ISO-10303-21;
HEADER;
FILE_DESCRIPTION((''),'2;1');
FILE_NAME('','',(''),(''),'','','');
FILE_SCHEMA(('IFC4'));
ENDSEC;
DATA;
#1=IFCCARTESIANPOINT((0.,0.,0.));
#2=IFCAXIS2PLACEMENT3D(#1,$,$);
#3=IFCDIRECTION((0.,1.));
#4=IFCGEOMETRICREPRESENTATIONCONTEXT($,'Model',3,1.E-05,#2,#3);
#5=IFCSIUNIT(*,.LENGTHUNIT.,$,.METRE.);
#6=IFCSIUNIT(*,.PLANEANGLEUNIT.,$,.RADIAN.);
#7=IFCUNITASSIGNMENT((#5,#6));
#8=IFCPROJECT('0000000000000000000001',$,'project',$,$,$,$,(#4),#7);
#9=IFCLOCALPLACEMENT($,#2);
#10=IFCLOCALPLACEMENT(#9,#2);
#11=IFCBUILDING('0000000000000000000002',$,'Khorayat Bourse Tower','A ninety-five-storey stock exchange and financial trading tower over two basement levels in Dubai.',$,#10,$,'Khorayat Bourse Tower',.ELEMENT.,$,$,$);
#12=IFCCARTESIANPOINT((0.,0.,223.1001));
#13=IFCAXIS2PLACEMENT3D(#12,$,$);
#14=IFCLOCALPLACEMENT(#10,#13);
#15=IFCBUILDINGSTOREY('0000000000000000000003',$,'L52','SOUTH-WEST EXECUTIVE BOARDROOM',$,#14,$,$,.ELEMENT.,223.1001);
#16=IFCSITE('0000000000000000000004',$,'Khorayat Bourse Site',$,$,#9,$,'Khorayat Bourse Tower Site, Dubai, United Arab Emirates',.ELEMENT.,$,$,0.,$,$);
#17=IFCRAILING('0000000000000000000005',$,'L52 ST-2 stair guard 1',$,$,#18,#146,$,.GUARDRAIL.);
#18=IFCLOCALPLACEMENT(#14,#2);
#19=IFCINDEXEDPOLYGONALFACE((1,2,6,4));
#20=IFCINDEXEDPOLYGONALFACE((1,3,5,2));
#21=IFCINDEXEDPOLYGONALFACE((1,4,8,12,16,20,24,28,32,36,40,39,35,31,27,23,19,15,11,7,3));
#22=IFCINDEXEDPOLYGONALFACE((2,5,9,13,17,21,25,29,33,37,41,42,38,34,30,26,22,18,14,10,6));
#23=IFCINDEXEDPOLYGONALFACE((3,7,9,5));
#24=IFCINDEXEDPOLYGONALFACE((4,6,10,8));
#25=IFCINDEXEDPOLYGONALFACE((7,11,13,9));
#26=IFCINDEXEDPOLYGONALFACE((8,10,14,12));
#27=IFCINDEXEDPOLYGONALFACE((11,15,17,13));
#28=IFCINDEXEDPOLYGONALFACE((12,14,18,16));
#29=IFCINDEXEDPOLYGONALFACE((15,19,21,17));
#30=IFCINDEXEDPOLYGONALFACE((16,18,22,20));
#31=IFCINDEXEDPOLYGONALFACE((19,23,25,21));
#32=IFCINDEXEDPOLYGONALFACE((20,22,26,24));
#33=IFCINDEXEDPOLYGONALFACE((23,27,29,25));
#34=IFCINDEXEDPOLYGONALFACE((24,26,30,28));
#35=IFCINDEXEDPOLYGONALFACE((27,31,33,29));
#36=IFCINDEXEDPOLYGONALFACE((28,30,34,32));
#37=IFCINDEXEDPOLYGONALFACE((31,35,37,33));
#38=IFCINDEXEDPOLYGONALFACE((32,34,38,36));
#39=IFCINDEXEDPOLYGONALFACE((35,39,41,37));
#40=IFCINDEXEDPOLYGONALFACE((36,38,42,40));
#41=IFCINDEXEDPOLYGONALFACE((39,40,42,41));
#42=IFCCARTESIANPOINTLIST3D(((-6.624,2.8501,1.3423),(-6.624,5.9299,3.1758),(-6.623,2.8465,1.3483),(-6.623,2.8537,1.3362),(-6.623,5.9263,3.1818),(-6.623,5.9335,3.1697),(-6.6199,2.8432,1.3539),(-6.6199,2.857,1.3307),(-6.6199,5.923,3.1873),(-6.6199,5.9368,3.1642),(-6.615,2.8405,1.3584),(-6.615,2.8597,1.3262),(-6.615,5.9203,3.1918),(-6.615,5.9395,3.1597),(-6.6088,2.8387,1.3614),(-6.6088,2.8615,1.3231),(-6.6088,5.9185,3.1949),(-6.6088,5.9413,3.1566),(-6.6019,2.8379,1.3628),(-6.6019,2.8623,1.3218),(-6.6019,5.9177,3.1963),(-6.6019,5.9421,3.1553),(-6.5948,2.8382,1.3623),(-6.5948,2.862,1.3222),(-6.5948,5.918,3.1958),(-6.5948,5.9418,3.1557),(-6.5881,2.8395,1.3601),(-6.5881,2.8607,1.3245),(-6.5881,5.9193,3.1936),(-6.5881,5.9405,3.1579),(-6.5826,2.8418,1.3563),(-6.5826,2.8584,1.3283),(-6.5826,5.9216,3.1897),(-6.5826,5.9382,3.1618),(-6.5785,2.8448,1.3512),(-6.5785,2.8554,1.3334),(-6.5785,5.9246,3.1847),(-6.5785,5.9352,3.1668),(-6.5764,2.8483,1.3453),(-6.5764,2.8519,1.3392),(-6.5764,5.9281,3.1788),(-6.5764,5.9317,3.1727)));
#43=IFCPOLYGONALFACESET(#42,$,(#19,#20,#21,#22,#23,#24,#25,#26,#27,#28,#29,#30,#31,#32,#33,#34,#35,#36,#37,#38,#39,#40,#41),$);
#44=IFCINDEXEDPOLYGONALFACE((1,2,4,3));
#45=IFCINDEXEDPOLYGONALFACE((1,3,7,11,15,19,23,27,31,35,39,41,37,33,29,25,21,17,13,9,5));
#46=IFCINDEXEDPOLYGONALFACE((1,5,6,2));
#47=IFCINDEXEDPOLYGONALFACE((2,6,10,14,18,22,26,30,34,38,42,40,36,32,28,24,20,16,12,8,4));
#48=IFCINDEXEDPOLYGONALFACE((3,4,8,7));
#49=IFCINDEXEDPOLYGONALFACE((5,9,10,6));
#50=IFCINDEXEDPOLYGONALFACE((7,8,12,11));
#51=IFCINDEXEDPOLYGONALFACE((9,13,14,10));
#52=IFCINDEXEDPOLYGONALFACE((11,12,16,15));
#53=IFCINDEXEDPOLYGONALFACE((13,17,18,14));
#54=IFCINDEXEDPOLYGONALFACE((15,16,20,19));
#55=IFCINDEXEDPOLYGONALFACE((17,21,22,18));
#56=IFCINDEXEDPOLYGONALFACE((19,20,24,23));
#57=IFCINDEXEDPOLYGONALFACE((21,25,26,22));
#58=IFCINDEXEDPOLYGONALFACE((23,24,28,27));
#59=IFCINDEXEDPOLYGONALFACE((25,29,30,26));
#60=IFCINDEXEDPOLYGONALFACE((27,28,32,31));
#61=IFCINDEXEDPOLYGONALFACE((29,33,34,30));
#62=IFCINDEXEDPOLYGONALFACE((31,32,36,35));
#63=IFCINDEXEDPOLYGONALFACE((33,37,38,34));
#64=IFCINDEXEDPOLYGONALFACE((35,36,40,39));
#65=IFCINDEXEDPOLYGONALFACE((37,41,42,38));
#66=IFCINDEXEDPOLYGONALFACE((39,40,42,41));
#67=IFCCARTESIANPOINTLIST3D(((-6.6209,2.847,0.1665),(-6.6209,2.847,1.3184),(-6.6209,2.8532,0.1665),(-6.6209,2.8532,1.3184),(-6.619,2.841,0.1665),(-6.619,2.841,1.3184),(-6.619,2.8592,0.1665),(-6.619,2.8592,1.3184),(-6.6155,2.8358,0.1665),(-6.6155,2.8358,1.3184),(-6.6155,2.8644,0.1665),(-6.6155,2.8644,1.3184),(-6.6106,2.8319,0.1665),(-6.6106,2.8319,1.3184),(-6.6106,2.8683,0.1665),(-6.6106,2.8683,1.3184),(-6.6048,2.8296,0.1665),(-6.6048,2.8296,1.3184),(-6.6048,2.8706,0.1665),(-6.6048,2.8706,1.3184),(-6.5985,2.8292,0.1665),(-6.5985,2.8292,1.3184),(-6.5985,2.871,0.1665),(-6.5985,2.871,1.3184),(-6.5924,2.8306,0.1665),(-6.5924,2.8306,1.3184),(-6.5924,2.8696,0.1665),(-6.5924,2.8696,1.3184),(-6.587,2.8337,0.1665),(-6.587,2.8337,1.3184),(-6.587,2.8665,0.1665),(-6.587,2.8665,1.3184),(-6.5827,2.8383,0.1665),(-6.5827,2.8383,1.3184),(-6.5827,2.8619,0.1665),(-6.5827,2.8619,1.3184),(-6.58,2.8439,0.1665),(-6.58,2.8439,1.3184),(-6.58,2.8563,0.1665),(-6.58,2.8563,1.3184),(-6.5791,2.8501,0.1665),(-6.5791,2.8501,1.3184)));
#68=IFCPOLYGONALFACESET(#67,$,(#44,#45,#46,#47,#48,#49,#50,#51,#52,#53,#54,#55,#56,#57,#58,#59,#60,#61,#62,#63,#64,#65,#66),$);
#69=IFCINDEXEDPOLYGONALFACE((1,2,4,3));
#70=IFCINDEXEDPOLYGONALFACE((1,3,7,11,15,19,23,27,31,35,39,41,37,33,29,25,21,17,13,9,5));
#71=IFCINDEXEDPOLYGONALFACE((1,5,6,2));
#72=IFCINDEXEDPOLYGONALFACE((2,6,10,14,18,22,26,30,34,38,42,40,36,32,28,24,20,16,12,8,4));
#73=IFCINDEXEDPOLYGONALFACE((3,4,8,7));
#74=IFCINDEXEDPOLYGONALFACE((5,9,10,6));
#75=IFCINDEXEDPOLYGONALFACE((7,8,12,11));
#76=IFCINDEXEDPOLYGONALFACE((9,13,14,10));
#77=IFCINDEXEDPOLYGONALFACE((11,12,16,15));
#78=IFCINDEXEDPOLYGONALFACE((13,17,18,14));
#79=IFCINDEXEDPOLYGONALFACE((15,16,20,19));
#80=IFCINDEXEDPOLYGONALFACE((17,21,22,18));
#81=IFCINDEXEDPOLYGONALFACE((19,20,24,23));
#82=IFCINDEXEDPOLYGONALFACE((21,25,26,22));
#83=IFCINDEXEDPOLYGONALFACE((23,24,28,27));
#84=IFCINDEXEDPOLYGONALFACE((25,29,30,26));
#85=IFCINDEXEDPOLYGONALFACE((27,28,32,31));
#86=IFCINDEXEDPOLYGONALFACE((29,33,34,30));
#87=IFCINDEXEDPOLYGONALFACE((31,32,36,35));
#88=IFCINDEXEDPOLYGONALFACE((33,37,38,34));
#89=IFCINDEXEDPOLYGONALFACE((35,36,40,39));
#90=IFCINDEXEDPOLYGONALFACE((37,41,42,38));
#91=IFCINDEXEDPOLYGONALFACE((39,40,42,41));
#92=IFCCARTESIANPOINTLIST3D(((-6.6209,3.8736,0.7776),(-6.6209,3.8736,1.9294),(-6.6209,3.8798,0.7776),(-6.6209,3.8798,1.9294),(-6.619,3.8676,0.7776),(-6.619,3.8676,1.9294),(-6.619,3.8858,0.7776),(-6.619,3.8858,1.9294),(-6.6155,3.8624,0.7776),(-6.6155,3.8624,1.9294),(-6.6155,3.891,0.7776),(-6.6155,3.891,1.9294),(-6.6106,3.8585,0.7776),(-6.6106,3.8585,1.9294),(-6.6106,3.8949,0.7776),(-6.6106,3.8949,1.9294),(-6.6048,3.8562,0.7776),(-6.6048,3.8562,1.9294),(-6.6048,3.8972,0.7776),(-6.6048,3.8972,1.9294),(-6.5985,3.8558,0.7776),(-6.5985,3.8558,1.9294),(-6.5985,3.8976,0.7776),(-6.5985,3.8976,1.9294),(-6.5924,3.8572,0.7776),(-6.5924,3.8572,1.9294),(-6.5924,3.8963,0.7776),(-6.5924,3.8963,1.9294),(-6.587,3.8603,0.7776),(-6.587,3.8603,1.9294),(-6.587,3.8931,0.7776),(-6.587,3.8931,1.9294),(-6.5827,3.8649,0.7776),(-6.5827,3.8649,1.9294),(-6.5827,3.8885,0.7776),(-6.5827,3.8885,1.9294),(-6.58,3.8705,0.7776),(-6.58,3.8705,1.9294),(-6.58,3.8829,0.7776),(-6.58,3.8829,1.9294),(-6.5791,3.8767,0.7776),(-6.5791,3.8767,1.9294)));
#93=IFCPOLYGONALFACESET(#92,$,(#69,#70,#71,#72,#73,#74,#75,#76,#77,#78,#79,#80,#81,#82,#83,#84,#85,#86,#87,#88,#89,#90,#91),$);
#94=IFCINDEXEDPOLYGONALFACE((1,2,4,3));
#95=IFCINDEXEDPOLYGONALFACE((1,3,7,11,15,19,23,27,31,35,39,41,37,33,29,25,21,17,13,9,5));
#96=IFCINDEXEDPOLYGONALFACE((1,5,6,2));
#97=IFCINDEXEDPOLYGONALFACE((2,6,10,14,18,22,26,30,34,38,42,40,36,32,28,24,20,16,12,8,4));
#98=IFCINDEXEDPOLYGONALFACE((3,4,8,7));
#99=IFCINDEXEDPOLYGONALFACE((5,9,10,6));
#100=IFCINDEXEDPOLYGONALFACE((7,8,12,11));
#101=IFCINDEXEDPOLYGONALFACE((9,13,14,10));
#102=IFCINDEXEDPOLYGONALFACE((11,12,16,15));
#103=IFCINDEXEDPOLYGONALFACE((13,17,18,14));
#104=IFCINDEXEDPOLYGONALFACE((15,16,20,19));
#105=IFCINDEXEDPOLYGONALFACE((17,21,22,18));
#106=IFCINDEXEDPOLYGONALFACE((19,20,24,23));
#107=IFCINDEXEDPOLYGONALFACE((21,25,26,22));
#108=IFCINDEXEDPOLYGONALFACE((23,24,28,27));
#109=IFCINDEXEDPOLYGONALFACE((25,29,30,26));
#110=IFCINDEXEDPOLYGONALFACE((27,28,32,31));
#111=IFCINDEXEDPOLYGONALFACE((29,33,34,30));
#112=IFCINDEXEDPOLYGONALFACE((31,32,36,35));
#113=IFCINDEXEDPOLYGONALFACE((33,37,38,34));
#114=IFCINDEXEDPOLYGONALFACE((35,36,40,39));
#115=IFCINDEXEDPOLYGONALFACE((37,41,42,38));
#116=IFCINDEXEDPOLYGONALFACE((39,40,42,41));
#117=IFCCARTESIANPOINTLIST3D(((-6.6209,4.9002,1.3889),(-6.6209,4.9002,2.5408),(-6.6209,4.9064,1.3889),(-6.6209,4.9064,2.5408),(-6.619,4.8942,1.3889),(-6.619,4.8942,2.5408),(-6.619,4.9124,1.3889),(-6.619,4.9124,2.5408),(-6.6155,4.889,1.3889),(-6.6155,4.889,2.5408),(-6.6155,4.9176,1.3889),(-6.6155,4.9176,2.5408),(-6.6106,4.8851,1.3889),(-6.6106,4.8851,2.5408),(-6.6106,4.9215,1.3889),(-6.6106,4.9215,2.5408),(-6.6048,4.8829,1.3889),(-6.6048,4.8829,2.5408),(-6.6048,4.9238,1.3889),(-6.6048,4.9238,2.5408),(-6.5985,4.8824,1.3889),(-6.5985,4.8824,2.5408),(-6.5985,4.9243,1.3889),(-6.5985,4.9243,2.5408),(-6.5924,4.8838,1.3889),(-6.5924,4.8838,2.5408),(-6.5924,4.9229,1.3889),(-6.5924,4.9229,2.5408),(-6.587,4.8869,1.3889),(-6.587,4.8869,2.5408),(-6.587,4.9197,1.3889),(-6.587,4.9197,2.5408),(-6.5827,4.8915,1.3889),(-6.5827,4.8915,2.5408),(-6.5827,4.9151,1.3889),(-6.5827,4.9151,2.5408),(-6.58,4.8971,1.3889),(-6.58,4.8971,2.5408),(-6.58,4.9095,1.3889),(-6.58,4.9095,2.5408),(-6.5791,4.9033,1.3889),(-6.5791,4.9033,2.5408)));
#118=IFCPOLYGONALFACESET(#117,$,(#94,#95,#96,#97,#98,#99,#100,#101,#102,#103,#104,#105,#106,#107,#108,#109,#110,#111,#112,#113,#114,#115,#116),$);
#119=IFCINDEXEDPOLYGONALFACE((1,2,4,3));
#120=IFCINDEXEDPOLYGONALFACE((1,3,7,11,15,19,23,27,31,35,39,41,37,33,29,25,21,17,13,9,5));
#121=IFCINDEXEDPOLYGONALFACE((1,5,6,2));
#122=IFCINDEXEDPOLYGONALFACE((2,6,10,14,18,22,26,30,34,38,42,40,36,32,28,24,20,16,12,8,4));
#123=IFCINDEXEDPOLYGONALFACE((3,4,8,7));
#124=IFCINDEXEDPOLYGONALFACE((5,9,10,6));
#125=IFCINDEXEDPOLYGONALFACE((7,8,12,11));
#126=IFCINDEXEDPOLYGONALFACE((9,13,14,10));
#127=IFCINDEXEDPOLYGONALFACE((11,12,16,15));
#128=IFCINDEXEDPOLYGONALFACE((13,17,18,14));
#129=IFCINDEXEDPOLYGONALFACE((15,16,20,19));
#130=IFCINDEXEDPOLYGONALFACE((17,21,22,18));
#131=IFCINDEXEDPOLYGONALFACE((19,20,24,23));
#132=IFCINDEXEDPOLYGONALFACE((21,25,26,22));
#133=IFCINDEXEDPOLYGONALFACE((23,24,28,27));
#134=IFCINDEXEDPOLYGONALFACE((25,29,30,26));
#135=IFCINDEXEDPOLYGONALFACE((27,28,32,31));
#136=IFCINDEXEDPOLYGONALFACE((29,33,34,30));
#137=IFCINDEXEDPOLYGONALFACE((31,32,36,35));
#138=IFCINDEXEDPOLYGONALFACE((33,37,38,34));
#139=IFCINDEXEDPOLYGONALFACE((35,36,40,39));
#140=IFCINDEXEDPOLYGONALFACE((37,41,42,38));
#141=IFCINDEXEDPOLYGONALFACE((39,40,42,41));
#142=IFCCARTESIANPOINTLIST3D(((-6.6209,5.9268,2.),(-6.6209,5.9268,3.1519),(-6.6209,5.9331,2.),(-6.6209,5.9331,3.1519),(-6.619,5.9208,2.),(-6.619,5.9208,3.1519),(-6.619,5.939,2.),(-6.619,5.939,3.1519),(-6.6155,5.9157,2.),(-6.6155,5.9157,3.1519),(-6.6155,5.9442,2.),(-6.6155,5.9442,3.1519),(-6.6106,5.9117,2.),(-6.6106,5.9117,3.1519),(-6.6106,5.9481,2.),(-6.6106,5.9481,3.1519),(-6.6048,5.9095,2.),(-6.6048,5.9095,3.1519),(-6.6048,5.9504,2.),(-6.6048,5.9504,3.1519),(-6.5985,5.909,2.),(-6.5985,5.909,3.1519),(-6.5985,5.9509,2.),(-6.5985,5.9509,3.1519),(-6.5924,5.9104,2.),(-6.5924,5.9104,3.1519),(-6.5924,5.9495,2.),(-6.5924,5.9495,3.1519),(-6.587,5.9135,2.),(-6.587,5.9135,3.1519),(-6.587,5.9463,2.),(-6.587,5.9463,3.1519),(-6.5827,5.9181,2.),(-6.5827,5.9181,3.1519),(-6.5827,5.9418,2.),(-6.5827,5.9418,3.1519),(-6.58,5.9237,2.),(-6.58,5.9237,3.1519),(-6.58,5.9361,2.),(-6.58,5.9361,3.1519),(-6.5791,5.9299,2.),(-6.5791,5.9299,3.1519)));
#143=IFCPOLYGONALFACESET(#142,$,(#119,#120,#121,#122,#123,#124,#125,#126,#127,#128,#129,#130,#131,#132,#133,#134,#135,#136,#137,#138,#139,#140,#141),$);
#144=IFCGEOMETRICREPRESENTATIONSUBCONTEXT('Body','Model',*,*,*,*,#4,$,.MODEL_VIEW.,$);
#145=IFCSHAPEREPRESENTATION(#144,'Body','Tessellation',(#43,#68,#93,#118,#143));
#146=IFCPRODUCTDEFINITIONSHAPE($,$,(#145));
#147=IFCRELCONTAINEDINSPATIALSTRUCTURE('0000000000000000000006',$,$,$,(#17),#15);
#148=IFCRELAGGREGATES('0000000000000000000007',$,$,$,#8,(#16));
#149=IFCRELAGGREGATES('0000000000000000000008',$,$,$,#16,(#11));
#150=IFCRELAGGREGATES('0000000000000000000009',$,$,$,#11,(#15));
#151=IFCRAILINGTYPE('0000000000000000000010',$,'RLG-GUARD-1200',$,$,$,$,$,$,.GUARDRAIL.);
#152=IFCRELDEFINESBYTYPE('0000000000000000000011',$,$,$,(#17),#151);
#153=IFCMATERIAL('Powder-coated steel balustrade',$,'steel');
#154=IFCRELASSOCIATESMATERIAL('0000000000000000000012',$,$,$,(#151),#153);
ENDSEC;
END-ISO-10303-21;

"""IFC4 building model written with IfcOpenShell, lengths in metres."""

from ifc_helpers import new_model, si_unit, direction, frame, origin, origin_2d, place, context, subcontext, project, spatial, circle, extrude, source, transform, mapped, material, type_object, element, save


model = new_model("IFC4")

# Units and contexts
model_context = context("Model", 3, precision=1e-05, world=origin(), true_north=direction((0.0, 1.0)))
body_context = subcontext(model_context, "Body", "Model", "MODEL_VIEW")
ifc_project = project(units=[si_unit("LENGTHUNIT", "METRE"), si_unit("PLANEANGLEUNIT", "RADIAN")], contexts=[model_context])

# Site, building, storey
site_placement = place(None, origin())
site = spatial("IfcSite", under=ifc_project, at=site_placement, Name="Khorayat Bourse Site", LongName="Khorayat Bourse Tower Site, Dubai, United Arab Emirates", CompositionType="ELEMENT", RefElevation=0.0)
building_placement = place(site_placement, origin())
building = spatial("IfcBuilding", under=site, at=building_placement, Name="Khorayat Bourse Tower", Description="A ninety-five-storey stock exchange and financial trading tower over two basement levels in Dubai.", LongName="Khorayat Bourse Tower", CompositionType="ELEMENT")
storey_placement = place(building_placement, frame((0.0, 0.0, 223.1001)))
storey = spatial("IfcBuildingStorey", under=building, at=storey_placement, Name="L52", Description="SOUTH-WEST EXECUTIVE BOARDROOM", CompositionType="ELEMENT", Elevation=223.1001)

# Railing
ifc_material_1 = material(Name="Powder-coated steel balustrade", Category="steel")
railing_type_1 = type_object("IfcRailingType", Name="RLG-GUARD-1200", PredefinedType="GUARDRAIL", material=ifc_material_1)
shared_shape_1 = source(origin(), body_context, "Body", "SweptSolid", [
    extrude(circle(Radius=0.0239, at=origin_2d()), frame((0.0, 0.0, 1.1758), z_axis=(0.0, 0.859261, 0.511538), x_axis=(-1.0, 0.0, 0.0)), (0.0, 0.0, 1.0), 3.5842),
    extrude(circle(Radius=0.021, at=origin_2d()), origin(), (0.0, 0.0, 1.0), 1.1519),
    extrude(circle(Radius=0.021, at=origin_2d()), frame((0.0, 1.0266, 0.6111)), (0.0, 0.0, 1.0), 1.1519),
    extrude(circle(Radius=0.021, at=origin_2d()), frame((0.0, 2.0532, 1.2224)), (0.0, 0.0, 1.0), 1.1519),
    extrude(circle(Radius=0.021, at=origin_2d()), frame((0.0, 3.0798, 1.8335)), (0.0, 0.0, 1.0), 1.1519),
])
railing_1_placement = place(storey_placement, frame((-6.6001, 2.8501, 0.1665)))
element("IfcRailing", 1, at=railing_1_placement, inside=storey, type_object=railing_type_1, Name="L52 ST-2 stair guard 1", PredefinedType="GUARDRAIL", context=body_context, shape_type="MappedRepresentation", body=[
    mapped(shared_shape_1, transform((0.0, 0.0, 0.0), scale=1.0)),
])

save(model, "model.ifc")
